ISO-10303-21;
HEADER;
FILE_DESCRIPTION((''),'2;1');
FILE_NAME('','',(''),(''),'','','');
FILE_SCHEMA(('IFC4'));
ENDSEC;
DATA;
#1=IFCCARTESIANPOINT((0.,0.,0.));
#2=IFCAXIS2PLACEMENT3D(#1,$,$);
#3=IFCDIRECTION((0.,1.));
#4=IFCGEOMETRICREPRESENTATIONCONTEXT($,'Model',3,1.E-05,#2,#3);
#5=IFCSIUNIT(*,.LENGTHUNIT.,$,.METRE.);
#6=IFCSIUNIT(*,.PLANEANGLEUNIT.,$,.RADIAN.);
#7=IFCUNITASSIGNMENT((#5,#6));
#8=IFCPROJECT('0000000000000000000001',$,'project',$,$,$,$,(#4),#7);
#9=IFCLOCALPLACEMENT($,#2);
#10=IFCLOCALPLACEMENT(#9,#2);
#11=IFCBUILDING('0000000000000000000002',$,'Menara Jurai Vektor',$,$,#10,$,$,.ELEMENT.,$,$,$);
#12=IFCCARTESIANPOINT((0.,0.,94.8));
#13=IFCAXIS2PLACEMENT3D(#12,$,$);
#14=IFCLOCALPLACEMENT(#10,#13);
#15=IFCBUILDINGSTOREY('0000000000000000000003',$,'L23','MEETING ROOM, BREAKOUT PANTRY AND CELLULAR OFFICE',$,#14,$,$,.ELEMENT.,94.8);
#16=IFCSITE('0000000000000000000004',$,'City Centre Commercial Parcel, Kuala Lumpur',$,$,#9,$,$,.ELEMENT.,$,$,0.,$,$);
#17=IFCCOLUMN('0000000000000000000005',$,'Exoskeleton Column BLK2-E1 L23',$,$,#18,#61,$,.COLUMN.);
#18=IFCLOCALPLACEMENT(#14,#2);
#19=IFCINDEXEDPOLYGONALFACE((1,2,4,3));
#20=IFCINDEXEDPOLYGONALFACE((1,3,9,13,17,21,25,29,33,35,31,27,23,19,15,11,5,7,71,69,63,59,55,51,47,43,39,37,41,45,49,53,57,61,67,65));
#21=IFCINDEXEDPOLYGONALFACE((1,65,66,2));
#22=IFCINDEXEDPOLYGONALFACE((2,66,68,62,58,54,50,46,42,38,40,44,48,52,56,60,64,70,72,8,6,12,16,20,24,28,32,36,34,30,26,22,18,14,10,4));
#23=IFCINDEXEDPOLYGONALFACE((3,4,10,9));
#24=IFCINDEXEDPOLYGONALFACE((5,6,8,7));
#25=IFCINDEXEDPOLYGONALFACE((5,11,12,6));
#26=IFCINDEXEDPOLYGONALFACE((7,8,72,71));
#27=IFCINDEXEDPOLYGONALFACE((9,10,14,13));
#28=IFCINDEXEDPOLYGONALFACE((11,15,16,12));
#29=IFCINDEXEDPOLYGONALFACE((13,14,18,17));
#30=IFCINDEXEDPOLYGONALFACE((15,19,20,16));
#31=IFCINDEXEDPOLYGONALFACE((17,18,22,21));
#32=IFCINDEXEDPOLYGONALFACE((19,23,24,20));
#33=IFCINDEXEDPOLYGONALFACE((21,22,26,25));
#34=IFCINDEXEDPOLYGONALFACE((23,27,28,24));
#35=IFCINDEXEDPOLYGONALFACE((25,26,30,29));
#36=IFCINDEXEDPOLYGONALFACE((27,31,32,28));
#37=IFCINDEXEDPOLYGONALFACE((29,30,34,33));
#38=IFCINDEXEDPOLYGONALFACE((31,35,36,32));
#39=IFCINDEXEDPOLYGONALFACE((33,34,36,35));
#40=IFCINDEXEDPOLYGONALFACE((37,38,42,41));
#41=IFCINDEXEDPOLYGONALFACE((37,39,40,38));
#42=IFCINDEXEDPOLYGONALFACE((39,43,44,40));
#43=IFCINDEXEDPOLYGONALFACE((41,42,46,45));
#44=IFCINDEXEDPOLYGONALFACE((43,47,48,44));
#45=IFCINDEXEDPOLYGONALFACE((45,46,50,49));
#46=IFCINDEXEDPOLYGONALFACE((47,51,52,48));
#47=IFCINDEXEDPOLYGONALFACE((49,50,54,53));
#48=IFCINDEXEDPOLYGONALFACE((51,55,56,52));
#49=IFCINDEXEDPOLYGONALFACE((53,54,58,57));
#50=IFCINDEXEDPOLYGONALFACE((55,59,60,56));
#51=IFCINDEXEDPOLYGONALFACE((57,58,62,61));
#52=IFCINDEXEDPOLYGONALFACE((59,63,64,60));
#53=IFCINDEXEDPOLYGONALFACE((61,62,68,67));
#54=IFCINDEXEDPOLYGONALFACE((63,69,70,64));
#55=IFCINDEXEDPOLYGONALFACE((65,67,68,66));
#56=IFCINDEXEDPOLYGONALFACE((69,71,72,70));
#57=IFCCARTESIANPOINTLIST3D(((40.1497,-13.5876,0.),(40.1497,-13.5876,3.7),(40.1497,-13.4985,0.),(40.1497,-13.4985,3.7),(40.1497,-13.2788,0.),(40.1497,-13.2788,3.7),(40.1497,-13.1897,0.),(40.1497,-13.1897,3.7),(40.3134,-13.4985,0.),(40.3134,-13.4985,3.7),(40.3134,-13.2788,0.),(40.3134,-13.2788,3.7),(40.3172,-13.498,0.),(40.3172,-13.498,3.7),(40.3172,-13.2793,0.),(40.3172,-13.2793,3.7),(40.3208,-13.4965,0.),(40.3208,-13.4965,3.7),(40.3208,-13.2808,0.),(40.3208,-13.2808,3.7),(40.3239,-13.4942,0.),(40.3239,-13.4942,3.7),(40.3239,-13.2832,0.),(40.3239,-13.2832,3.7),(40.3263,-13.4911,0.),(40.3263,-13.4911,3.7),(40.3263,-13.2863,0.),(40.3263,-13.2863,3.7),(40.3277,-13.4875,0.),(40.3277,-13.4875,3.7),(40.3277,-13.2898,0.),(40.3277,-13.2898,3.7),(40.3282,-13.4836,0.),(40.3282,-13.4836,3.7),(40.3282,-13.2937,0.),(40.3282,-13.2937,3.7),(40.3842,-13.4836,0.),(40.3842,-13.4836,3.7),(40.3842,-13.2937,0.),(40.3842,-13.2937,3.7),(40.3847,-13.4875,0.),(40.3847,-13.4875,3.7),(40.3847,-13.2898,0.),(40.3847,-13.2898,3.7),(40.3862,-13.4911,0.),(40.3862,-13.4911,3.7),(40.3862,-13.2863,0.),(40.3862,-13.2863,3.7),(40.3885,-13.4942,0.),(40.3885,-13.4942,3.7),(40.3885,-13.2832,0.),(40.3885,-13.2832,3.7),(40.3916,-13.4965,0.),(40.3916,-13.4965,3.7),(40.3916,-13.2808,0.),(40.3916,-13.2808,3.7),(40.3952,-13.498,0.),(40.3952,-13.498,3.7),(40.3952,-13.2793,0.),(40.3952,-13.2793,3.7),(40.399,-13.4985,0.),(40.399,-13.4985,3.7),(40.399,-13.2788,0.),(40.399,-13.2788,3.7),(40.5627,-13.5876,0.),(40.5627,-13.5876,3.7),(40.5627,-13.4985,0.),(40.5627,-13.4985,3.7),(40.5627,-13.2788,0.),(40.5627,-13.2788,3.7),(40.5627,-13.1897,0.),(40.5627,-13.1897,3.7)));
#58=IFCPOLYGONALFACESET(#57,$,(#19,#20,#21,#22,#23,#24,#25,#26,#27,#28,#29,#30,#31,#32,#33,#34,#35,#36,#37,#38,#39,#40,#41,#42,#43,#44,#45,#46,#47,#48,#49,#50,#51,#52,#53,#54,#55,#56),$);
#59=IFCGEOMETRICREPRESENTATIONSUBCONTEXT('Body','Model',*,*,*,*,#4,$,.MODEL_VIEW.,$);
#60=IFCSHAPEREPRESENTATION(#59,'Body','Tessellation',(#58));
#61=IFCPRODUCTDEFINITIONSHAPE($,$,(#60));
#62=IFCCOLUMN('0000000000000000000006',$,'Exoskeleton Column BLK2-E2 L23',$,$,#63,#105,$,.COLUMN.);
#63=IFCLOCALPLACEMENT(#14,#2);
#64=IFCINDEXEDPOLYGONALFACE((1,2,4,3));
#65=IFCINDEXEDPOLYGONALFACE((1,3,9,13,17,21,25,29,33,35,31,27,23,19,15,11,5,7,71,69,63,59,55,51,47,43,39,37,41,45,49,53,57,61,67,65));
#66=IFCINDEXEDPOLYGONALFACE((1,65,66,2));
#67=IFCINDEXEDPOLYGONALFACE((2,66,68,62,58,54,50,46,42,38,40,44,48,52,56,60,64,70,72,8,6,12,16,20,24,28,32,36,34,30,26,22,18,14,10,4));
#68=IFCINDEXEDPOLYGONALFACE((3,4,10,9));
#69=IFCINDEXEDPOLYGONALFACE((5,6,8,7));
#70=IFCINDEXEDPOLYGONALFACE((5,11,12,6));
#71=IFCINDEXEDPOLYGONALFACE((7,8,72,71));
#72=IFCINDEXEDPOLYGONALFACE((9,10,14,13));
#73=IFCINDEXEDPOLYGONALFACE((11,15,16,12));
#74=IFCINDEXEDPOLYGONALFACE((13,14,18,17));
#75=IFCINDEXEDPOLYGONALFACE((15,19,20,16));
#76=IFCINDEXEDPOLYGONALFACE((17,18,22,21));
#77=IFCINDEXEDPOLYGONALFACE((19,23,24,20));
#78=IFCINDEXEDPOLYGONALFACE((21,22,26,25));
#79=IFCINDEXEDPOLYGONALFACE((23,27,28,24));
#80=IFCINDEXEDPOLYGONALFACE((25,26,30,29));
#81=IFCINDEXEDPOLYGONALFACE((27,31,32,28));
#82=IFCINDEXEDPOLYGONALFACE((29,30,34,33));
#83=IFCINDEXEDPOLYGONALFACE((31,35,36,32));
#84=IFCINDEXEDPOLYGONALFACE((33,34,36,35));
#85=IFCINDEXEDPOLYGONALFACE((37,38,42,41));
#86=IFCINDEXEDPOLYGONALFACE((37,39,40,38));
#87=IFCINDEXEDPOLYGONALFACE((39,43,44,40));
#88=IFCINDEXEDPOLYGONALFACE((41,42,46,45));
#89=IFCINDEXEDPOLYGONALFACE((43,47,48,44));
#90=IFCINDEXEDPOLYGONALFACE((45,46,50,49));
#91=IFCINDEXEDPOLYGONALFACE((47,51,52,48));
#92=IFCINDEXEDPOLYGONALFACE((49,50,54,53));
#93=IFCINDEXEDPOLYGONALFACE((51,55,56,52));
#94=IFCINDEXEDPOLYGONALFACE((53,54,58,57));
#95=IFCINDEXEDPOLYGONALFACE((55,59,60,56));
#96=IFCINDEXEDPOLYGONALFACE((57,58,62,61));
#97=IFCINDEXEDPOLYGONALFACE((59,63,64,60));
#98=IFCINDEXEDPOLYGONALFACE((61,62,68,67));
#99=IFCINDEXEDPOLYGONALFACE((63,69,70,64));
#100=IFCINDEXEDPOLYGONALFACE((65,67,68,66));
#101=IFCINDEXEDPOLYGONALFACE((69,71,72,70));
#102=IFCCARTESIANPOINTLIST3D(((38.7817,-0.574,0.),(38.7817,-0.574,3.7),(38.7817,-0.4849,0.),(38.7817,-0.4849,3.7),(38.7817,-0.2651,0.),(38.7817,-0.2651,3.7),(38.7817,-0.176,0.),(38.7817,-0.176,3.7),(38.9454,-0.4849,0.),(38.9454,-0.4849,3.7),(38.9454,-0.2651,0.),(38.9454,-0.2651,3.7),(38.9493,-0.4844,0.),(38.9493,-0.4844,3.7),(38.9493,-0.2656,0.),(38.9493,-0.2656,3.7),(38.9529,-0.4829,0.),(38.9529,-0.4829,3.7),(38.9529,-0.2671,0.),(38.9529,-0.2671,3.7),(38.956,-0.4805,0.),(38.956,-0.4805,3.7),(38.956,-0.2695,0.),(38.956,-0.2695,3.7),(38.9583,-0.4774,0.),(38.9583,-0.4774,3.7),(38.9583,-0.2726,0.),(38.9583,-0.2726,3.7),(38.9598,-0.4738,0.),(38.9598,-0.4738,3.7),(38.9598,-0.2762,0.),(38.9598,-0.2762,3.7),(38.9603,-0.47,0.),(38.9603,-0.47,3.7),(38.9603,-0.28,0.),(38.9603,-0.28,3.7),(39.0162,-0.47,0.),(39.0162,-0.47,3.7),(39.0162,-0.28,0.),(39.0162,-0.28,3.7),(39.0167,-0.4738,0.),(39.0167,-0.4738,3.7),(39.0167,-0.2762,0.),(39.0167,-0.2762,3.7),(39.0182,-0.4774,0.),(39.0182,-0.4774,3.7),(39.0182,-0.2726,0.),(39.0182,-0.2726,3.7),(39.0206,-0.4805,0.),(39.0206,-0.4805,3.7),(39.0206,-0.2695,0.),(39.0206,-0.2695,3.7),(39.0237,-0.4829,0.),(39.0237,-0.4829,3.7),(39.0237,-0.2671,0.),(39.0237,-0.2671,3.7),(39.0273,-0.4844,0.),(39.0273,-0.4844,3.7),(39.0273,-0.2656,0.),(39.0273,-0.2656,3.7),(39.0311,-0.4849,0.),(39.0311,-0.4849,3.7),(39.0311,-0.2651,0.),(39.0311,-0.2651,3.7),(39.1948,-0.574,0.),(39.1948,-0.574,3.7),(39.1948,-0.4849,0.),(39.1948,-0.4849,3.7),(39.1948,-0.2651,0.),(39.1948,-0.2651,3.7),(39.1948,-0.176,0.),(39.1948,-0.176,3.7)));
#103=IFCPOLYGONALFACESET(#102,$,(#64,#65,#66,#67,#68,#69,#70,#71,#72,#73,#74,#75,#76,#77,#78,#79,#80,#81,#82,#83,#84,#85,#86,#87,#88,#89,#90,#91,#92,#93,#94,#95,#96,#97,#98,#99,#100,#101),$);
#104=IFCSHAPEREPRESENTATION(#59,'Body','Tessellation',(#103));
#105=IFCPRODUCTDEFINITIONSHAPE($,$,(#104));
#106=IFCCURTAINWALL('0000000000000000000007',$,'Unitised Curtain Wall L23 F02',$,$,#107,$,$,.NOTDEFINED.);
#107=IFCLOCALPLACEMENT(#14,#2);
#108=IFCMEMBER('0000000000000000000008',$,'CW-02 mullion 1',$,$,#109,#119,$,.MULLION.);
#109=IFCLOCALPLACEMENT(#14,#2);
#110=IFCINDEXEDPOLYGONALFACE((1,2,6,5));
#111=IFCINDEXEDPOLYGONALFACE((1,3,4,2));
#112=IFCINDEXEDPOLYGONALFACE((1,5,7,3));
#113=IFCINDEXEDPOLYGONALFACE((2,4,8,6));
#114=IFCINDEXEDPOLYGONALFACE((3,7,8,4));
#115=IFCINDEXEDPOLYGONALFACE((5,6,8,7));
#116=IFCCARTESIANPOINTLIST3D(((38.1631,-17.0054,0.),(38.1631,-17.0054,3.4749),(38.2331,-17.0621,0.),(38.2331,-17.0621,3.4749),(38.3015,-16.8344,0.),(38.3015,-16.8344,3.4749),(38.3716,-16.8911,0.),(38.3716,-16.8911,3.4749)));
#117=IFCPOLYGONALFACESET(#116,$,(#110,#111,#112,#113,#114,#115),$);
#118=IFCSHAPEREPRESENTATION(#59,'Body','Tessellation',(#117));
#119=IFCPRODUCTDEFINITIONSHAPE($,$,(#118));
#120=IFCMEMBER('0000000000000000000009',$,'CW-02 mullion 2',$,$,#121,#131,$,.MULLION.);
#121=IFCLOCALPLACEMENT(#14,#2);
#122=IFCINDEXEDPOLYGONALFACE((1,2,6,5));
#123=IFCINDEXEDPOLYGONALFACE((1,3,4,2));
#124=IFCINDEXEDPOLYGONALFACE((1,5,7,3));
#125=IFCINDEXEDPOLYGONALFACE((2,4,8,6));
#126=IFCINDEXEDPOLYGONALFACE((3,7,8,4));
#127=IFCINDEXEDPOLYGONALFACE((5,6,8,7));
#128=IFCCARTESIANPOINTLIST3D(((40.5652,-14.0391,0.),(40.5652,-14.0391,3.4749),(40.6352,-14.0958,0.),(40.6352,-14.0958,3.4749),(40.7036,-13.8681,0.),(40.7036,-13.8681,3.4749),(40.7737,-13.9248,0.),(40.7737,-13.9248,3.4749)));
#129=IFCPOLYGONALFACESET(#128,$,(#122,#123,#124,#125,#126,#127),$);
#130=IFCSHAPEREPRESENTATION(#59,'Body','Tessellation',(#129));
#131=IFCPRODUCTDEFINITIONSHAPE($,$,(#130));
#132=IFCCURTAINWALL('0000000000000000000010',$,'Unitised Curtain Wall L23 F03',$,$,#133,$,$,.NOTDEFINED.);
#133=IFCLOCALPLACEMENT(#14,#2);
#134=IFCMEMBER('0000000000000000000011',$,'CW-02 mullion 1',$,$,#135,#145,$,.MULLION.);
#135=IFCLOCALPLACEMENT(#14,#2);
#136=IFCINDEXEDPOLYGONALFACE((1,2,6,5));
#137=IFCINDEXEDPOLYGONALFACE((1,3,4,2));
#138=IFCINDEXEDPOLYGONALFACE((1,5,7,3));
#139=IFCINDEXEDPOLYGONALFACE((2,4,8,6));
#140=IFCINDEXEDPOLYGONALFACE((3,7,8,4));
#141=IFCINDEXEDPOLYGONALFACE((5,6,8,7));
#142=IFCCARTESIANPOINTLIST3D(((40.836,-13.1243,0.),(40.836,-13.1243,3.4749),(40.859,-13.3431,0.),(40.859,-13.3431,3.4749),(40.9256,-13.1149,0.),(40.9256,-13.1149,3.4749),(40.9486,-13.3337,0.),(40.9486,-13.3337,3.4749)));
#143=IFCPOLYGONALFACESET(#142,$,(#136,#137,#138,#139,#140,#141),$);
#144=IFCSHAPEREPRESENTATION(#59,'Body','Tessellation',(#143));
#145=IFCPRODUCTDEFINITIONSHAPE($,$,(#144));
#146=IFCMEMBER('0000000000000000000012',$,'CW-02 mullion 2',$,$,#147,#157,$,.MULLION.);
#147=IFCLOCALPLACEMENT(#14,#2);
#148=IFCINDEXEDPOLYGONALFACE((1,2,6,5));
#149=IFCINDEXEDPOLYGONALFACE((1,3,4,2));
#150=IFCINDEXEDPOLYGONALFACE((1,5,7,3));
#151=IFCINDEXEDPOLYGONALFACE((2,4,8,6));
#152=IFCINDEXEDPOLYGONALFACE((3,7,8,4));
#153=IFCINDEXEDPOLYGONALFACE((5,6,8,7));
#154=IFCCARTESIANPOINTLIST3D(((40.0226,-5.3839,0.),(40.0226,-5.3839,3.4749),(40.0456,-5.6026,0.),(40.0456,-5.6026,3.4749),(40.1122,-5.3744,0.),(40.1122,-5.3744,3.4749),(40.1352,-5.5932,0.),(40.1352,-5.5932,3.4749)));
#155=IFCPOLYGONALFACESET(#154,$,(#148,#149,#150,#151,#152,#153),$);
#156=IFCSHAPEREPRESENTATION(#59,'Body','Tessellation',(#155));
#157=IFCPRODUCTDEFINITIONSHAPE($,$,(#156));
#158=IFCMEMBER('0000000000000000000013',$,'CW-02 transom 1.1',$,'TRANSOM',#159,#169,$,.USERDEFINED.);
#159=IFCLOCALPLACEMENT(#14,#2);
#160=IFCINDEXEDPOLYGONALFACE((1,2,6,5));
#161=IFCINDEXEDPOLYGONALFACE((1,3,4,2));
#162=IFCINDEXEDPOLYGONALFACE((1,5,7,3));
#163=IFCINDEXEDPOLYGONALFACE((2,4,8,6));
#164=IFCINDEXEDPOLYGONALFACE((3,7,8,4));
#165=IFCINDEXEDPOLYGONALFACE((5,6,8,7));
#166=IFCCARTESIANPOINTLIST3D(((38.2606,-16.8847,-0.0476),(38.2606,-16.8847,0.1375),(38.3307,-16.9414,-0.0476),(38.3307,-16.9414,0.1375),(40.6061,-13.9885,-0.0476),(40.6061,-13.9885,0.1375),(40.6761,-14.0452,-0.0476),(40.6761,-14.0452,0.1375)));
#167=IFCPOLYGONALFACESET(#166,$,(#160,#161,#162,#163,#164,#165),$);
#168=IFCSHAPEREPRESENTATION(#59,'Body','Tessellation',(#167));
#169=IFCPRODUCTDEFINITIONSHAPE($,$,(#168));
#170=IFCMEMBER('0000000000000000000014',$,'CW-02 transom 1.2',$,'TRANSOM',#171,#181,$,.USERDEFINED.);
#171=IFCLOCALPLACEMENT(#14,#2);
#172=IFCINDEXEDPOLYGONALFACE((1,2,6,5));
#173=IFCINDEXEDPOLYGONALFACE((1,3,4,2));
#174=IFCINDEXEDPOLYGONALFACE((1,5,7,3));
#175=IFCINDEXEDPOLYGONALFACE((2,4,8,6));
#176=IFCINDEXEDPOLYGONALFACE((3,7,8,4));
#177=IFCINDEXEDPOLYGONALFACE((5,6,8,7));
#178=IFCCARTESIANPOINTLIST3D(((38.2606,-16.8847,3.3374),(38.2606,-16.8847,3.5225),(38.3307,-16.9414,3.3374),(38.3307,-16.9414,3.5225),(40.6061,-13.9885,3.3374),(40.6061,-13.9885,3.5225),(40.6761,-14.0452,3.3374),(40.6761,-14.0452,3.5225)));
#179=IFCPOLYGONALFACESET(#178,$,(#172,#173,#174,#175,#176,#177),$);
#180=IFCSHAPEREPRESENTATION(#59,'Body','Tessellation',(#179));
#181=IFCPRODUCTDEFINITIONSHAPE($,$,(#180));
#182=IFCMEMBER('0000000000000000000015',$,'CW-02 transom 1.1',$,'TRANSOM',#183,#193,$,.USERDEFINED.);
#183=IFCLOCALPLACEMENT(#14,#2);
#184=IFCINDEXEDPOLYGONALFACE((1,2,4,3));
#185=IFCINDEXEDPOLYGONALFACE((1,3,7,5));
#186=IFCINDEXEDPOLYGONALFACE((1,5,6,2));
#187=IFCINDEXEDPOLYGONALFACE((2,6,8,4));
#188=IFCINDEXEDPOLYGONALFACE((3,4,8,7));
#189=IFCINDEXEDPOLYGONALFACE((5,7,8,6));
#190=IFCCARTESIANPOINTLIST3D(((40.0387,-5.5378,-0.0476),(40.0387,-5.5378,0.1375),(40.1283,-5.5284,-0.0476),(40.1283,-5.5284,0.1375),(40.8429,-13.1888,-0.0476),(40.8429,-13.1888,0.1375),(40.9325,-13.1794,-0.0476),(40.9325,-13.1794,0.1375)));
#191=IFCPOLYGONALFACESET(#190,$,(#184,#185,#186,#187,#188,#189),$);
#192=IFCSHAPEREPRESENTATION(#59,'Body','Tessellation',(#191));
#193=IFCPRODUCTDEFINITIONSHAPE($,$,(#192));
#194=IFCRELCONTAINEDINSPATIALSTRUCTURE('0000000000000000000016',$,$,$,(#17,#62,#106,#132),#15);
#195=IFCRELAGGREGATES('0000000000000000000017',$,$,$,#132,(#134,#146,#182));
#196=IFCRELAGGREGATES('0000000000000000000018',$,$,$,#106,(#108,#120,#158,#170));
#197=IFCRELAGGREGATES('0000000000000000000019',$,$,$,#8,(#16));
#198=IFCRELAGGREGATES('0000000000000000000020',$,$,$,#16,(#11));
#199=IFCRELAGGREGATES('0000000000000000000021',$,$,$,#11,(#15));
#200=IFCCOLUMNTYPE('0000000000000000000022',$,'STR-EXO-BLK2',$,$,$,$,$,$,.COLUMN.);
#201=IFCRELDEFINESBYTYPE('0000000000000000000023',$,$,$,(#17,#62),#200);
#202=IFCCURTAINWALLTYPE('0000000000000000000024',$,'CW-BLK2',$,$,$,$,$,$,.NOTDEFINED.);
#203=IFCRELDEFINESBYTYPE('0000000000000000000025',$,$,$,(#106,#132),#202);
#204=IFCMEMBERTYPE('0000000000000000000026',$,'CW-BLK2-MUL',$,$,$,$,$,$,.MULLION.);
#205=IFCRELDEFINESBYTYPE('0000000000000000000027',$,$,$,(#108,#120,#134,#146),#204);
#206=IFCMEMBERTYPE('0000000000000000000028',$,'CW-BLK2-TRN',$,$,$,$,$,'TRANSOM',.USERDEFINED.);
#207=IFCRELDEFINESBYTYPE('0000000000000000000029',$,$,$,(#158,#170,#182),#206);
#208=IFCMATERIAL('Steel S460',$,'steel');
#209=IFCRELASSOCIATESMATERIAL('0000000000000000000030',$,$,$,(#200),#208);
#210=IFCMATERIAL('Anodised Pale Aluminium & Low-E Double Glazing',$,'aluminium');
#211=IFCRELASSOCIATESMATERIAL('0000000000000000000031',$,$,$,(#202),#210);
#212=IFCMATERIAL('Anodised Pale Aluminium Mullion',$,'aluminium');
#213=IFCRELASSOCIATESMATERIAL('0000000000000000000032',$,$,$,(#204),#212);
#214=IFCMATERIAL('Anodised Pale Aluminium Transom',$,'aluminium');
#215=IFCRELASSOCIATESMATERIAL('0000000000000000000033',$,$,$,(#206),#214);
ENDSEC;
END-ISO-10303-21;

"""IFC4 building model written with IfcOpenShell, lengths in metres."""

from ifc_helpers import new_model, si_unit, direction, frame, origin, origin_2d, place, context, subcontext, project, spatial, rectangle, i_section, extrude, material, material_profile, profile_set, type_object, element, aggregate, save


model = new_model("IFC4")

# Units and contexts
model_context = context("Model", 3, precision=1e-05, world=origin(), true_north=direction((0.0, 1.0)))
body_context = subcontext(model_context, "Body", "Model", "MODEL_VIEW")
ifc_project = project(units=[si_unit("LENGTHUNIT", "METRE"), si_unit("PLANEANGLEUNIT", "RADIAN")], contexts=[model_context])

# Site, building, storey
site_placement = place(None, origin())
site = spatial("IfcSite", under=ifc_project, at=site_placement, Name="City Centre Commercial Parcel, Kuala Lumpur", CompositionType="ELEMENT", RefElevation=0.0)
building_placement = place(site_placement, origin())
building = spatial("IfcBuilding", under=site, at=building_placement, Name="Menara Jurai Vektor", CompositionType="ELEMENT")
storey_placement = place(building_placement, frame((0.0, 0.0, 94.8)))
storey = spatial("IfcBuildingStorey", under=building, at=storey_placement, Name="L23", Description="MEETING ROOM, BREAKOUT PANTRY AND CELLULAR OFFICE", CompositionType="ELEMENT", Elevation=94.8)

# Columns
ifc_material_1 = material(Name="Steel S460", Category="steel")
ifc_material_profile_1 = material_profile(ifc_material_1, i_section(OverallWidth=0.4131, OverallDepth=0.3979, WebThickness=0.0559, FlangeThickness=0.0891, FilletRadius=0.0149, at=origin_2d()), Name="HD 400x744")
ifc_profile_set_1 = profile_set([ifc_material_profile_1], Name="Steel S460")
column_type = type_object("IfcColumnType", Name="STR-EXO-BLK2", PredefinedType="COLUMN", material=ifc_profile_set_1)
for number, where, z_axis, x_axis, name in (
    (1, (40.3562, -13.3887, 0.0), (0.0, 0.0, 1.0), (1.0, 0.0, 0.0), "Exoskeleton Column BLK2-E1 L23"),
    (2, (38.9883, -0.375, 0.0), (0.0, 0.0, 1.0), (1.0, 0.0, 0.0), "Exoskeleton Column BLK2-E2 L23"),
):
    element("IfcColumn", number, at=place(storey_placement, frame(where, z_axis=z_axis, x_axis=x_axis)), inside=storey, type_object=column_type, Name=name, PredefinedType="COLUMN", context=body_context, shape_type="SweptSolid", body=[
        extrude(i_section(OverallWidth=0.4131, OverallDepth=0.3979, WebThickness=0.0559, FlangeThickness=0.0891, FilletRadius=0.0149, at=origin_2d()), origin(), (0.0, 0.0, 1.0), 3.7),
    ])

# Curtain walls, members
ifc_material_2 = material(Name="Anodised Pale Aluminium & Low-E Double Glazing", Category="aluminium")
curtain_wall_type = type_object("IfcCurtainWallType", Name="CW-BLK2", PredefinedType="NOTDEFINED", material=ifc_material_2)
curtain_wall_1_placement = place(storey_placement, origin())
curtain_wall_1 = element("IfcCurtainWall", 3, at=curtain_wall_1_placement, inside=storey, type_object=curtain_wall_type, Name="Unitised Curtain Wall L23 F02", PredefinedType="NOTDEFINED")
ifc_material_3 = material(Name="Anodised Pale Aluminium Mullion", Category="aluminium")
ifc_material_profile_2 = material_profile(ifc_material_3, rectangle(XDim=0.0901, YDim=0.22, at=origin_2d()), Name="ALU MUL 90x220")
ifc_profile_set_2 = profile_set([ifc_material_profile_2], Name="Anodised Pale Aluminium Mullion")
member_type_1 = type_object("IfcMemberType", Name="CW-BLK2-MUL", PredefinedType="MULLION", material=ifc_profile_set_2)
member_1_placement = place(storey_placement, frame((38.2673, -16.9482, 0.0), z_axis=(0.0, 0.0, 1.0), x_axis=(-0.777129, 0.629341, 0.0)))
member_1 = element("IfcMember", 4, at=member_1_placement, type_object=member_type_1, Name="CW-02 mullion 1", PredefinedType="MULLION", context=body_context, shape_type="SweptSolid", body=[
    extrude(rectangle(XDim=0.0901, YDim=0.22, at=origin_2d()), origin(), (0.0, 0.0, 1.0), 3.4749),
])
member_2_placement = place(storey_placement, frame((40.6694, -13.9819, 0.0), z_axis=(0.0, 0.0, 1.0), x_axis=(-0.777129, 0.629341, 0.0)))
member_2 = element("IfcMember", 5, at=member_2_placement, type_object=member_type_1, Name="CW-02 mullion 2", PredefinedType="MULLION", context=body_context, shape_type="SweptSolid", body=[
    extrude(rectangle(XDim=0.0901, YDim=0.22, at=origin_2d()), origin(), (0.0, 0.0, 1.0), 3.4749),
])
curtain_wall_2_placement = place(storey_placement, origin())
curtain_wall_2 = element("IfcCurtainWall", 6, at=curtain_wall_2_placement, inside=storey, type_object=curtain_wall_type, Name="Unitised Curtain Wall L23 F03", PredefinedType="NOTDEFINED")
member_3_placement = place(storey_placement, frame((40.8923, -13.229, 0.0), z_axis=(0.0, 0.0, 1.0), x_axis=(-0.994522, -0.10453, 0.0)))
member_3 = element("IfcMember", 7, at=member_3_placement, type_object=member_type_1, Name="CW-02 mullion 1", PredefinedType="MULLION", context=body_context, shape_type="SweptSolid", body=[
    extrude(rectangle(XDim=0.0901, YDim=0.22, at=origin_2d()), origin(), (0.0, 0.0, 1.0), 3.4749),
])
member_4_placement = place(storey_placement, frame((40.0789, -5.4885, 0.0), z_axis=(0.0, 0.0, 1.0), x_axis=(-0.994522, -0.10453, 0.0)))
member_4 = element("IfcMember", 8, at=member_4_placement, type_object=member_type_1, Name="CW-02 mullion 2", PredefinedType="MULLION", context=body_context, shape_type="SweptSolid", body=[
    extrude(rectangle(XDim=0.0901, YDim=0.22, at=origin_2d()), origin(), (0.0, 0.0, 1.0), 3.4749),
])

# Members
ifc_material_4 = material(Name="Anodised Pale Aluminium Transom", Category="aluminium")
ifc_material_profile_3 = material_profile(ifc_material_4, rectangle(XDim=0.0901, YDim=0.1851, at=origin_2d()), Name="ALU TRN 90x185")
ifc_profile_set_3 = profile_set([ifc_material_profile_3], Name="Anodised Pale Aluminium Transom")
member_type_2 = type_object("IfcMemberType", Name="CW-BLK2-TRN", ElementType="TRANSOM", PredefinedType="USERDEFINED", material=ifc_profile_set_3)
member_5_placement = place(storey_placement, frame((38.2957, -16.9131, 0.0449), z_axis=(0.629341, 0.777129, 0.0), x_axis=(-0.777129, 0.629341, 0.0)))
member_5 = element("IfcMember", 9, at=member_5_placement, type_object=member_type_2, Name="CW-02 transom 1.1", ObjectType="TRANSOM", PredefinedType="USERDEFINED", context=body_context, shape_type="SweptSolid", body=[
    extrude(rectangle(XDim=0.0901, YDim=0.1851, at=origin_2d()), origin(), (0.0, 0.0, 1.0), 3.7268),
])
member_6_placement = place(storey_placement, frame((38.2957, -16.9131, 3.4299), z_axis=(0.629341, 0.777129, 0.0), x_axis=(-0.777129, 0.629341, 0.0)))
member_6 = element("IfcMember", 10, at=member_6_placement, type_object=member_type_2, Name="CW-02 transom 1.2", ObjectType="TRANSOM", PredefinedType="USERDEFINED", context=body_context, shape_type="SweptSolid", body=[
    extrude(rectangle(XDim=0.0901, YDim=0.1851, at=origin_2d()), origin(), (0.0, 0.0, 1.0), 3.7268),
])
member_7_placement = place(storey_placement, frame((40.8877, -13.1841, 0.0449), z_axis=(-0.104536, 0.994521, 0.0), x_axis=(-0.994521, -0.104536, 0.0)))
member_7 = element("IfcMember", 11, at=member_7_placement, type_object=member_type_2, Name="CW-02 transom 1.1", ObjectType="TRANSOM", PredefinedType="USERDEFINED", context=body_context, shape_type="SweptSolid", body=[
    extrude(rectangle(XDim=0.0901, YDim=0.1851, at=origin_2d()), origin(), (0.0, 0.0, 1.0), 7.6931),
])

aggregate(curtain_wall_2, [member_3, member_4, member_7])
aggregate(curtain_wall_1, [member_1, member_2, member_5, member_6])

save(model, "model.ifc")
